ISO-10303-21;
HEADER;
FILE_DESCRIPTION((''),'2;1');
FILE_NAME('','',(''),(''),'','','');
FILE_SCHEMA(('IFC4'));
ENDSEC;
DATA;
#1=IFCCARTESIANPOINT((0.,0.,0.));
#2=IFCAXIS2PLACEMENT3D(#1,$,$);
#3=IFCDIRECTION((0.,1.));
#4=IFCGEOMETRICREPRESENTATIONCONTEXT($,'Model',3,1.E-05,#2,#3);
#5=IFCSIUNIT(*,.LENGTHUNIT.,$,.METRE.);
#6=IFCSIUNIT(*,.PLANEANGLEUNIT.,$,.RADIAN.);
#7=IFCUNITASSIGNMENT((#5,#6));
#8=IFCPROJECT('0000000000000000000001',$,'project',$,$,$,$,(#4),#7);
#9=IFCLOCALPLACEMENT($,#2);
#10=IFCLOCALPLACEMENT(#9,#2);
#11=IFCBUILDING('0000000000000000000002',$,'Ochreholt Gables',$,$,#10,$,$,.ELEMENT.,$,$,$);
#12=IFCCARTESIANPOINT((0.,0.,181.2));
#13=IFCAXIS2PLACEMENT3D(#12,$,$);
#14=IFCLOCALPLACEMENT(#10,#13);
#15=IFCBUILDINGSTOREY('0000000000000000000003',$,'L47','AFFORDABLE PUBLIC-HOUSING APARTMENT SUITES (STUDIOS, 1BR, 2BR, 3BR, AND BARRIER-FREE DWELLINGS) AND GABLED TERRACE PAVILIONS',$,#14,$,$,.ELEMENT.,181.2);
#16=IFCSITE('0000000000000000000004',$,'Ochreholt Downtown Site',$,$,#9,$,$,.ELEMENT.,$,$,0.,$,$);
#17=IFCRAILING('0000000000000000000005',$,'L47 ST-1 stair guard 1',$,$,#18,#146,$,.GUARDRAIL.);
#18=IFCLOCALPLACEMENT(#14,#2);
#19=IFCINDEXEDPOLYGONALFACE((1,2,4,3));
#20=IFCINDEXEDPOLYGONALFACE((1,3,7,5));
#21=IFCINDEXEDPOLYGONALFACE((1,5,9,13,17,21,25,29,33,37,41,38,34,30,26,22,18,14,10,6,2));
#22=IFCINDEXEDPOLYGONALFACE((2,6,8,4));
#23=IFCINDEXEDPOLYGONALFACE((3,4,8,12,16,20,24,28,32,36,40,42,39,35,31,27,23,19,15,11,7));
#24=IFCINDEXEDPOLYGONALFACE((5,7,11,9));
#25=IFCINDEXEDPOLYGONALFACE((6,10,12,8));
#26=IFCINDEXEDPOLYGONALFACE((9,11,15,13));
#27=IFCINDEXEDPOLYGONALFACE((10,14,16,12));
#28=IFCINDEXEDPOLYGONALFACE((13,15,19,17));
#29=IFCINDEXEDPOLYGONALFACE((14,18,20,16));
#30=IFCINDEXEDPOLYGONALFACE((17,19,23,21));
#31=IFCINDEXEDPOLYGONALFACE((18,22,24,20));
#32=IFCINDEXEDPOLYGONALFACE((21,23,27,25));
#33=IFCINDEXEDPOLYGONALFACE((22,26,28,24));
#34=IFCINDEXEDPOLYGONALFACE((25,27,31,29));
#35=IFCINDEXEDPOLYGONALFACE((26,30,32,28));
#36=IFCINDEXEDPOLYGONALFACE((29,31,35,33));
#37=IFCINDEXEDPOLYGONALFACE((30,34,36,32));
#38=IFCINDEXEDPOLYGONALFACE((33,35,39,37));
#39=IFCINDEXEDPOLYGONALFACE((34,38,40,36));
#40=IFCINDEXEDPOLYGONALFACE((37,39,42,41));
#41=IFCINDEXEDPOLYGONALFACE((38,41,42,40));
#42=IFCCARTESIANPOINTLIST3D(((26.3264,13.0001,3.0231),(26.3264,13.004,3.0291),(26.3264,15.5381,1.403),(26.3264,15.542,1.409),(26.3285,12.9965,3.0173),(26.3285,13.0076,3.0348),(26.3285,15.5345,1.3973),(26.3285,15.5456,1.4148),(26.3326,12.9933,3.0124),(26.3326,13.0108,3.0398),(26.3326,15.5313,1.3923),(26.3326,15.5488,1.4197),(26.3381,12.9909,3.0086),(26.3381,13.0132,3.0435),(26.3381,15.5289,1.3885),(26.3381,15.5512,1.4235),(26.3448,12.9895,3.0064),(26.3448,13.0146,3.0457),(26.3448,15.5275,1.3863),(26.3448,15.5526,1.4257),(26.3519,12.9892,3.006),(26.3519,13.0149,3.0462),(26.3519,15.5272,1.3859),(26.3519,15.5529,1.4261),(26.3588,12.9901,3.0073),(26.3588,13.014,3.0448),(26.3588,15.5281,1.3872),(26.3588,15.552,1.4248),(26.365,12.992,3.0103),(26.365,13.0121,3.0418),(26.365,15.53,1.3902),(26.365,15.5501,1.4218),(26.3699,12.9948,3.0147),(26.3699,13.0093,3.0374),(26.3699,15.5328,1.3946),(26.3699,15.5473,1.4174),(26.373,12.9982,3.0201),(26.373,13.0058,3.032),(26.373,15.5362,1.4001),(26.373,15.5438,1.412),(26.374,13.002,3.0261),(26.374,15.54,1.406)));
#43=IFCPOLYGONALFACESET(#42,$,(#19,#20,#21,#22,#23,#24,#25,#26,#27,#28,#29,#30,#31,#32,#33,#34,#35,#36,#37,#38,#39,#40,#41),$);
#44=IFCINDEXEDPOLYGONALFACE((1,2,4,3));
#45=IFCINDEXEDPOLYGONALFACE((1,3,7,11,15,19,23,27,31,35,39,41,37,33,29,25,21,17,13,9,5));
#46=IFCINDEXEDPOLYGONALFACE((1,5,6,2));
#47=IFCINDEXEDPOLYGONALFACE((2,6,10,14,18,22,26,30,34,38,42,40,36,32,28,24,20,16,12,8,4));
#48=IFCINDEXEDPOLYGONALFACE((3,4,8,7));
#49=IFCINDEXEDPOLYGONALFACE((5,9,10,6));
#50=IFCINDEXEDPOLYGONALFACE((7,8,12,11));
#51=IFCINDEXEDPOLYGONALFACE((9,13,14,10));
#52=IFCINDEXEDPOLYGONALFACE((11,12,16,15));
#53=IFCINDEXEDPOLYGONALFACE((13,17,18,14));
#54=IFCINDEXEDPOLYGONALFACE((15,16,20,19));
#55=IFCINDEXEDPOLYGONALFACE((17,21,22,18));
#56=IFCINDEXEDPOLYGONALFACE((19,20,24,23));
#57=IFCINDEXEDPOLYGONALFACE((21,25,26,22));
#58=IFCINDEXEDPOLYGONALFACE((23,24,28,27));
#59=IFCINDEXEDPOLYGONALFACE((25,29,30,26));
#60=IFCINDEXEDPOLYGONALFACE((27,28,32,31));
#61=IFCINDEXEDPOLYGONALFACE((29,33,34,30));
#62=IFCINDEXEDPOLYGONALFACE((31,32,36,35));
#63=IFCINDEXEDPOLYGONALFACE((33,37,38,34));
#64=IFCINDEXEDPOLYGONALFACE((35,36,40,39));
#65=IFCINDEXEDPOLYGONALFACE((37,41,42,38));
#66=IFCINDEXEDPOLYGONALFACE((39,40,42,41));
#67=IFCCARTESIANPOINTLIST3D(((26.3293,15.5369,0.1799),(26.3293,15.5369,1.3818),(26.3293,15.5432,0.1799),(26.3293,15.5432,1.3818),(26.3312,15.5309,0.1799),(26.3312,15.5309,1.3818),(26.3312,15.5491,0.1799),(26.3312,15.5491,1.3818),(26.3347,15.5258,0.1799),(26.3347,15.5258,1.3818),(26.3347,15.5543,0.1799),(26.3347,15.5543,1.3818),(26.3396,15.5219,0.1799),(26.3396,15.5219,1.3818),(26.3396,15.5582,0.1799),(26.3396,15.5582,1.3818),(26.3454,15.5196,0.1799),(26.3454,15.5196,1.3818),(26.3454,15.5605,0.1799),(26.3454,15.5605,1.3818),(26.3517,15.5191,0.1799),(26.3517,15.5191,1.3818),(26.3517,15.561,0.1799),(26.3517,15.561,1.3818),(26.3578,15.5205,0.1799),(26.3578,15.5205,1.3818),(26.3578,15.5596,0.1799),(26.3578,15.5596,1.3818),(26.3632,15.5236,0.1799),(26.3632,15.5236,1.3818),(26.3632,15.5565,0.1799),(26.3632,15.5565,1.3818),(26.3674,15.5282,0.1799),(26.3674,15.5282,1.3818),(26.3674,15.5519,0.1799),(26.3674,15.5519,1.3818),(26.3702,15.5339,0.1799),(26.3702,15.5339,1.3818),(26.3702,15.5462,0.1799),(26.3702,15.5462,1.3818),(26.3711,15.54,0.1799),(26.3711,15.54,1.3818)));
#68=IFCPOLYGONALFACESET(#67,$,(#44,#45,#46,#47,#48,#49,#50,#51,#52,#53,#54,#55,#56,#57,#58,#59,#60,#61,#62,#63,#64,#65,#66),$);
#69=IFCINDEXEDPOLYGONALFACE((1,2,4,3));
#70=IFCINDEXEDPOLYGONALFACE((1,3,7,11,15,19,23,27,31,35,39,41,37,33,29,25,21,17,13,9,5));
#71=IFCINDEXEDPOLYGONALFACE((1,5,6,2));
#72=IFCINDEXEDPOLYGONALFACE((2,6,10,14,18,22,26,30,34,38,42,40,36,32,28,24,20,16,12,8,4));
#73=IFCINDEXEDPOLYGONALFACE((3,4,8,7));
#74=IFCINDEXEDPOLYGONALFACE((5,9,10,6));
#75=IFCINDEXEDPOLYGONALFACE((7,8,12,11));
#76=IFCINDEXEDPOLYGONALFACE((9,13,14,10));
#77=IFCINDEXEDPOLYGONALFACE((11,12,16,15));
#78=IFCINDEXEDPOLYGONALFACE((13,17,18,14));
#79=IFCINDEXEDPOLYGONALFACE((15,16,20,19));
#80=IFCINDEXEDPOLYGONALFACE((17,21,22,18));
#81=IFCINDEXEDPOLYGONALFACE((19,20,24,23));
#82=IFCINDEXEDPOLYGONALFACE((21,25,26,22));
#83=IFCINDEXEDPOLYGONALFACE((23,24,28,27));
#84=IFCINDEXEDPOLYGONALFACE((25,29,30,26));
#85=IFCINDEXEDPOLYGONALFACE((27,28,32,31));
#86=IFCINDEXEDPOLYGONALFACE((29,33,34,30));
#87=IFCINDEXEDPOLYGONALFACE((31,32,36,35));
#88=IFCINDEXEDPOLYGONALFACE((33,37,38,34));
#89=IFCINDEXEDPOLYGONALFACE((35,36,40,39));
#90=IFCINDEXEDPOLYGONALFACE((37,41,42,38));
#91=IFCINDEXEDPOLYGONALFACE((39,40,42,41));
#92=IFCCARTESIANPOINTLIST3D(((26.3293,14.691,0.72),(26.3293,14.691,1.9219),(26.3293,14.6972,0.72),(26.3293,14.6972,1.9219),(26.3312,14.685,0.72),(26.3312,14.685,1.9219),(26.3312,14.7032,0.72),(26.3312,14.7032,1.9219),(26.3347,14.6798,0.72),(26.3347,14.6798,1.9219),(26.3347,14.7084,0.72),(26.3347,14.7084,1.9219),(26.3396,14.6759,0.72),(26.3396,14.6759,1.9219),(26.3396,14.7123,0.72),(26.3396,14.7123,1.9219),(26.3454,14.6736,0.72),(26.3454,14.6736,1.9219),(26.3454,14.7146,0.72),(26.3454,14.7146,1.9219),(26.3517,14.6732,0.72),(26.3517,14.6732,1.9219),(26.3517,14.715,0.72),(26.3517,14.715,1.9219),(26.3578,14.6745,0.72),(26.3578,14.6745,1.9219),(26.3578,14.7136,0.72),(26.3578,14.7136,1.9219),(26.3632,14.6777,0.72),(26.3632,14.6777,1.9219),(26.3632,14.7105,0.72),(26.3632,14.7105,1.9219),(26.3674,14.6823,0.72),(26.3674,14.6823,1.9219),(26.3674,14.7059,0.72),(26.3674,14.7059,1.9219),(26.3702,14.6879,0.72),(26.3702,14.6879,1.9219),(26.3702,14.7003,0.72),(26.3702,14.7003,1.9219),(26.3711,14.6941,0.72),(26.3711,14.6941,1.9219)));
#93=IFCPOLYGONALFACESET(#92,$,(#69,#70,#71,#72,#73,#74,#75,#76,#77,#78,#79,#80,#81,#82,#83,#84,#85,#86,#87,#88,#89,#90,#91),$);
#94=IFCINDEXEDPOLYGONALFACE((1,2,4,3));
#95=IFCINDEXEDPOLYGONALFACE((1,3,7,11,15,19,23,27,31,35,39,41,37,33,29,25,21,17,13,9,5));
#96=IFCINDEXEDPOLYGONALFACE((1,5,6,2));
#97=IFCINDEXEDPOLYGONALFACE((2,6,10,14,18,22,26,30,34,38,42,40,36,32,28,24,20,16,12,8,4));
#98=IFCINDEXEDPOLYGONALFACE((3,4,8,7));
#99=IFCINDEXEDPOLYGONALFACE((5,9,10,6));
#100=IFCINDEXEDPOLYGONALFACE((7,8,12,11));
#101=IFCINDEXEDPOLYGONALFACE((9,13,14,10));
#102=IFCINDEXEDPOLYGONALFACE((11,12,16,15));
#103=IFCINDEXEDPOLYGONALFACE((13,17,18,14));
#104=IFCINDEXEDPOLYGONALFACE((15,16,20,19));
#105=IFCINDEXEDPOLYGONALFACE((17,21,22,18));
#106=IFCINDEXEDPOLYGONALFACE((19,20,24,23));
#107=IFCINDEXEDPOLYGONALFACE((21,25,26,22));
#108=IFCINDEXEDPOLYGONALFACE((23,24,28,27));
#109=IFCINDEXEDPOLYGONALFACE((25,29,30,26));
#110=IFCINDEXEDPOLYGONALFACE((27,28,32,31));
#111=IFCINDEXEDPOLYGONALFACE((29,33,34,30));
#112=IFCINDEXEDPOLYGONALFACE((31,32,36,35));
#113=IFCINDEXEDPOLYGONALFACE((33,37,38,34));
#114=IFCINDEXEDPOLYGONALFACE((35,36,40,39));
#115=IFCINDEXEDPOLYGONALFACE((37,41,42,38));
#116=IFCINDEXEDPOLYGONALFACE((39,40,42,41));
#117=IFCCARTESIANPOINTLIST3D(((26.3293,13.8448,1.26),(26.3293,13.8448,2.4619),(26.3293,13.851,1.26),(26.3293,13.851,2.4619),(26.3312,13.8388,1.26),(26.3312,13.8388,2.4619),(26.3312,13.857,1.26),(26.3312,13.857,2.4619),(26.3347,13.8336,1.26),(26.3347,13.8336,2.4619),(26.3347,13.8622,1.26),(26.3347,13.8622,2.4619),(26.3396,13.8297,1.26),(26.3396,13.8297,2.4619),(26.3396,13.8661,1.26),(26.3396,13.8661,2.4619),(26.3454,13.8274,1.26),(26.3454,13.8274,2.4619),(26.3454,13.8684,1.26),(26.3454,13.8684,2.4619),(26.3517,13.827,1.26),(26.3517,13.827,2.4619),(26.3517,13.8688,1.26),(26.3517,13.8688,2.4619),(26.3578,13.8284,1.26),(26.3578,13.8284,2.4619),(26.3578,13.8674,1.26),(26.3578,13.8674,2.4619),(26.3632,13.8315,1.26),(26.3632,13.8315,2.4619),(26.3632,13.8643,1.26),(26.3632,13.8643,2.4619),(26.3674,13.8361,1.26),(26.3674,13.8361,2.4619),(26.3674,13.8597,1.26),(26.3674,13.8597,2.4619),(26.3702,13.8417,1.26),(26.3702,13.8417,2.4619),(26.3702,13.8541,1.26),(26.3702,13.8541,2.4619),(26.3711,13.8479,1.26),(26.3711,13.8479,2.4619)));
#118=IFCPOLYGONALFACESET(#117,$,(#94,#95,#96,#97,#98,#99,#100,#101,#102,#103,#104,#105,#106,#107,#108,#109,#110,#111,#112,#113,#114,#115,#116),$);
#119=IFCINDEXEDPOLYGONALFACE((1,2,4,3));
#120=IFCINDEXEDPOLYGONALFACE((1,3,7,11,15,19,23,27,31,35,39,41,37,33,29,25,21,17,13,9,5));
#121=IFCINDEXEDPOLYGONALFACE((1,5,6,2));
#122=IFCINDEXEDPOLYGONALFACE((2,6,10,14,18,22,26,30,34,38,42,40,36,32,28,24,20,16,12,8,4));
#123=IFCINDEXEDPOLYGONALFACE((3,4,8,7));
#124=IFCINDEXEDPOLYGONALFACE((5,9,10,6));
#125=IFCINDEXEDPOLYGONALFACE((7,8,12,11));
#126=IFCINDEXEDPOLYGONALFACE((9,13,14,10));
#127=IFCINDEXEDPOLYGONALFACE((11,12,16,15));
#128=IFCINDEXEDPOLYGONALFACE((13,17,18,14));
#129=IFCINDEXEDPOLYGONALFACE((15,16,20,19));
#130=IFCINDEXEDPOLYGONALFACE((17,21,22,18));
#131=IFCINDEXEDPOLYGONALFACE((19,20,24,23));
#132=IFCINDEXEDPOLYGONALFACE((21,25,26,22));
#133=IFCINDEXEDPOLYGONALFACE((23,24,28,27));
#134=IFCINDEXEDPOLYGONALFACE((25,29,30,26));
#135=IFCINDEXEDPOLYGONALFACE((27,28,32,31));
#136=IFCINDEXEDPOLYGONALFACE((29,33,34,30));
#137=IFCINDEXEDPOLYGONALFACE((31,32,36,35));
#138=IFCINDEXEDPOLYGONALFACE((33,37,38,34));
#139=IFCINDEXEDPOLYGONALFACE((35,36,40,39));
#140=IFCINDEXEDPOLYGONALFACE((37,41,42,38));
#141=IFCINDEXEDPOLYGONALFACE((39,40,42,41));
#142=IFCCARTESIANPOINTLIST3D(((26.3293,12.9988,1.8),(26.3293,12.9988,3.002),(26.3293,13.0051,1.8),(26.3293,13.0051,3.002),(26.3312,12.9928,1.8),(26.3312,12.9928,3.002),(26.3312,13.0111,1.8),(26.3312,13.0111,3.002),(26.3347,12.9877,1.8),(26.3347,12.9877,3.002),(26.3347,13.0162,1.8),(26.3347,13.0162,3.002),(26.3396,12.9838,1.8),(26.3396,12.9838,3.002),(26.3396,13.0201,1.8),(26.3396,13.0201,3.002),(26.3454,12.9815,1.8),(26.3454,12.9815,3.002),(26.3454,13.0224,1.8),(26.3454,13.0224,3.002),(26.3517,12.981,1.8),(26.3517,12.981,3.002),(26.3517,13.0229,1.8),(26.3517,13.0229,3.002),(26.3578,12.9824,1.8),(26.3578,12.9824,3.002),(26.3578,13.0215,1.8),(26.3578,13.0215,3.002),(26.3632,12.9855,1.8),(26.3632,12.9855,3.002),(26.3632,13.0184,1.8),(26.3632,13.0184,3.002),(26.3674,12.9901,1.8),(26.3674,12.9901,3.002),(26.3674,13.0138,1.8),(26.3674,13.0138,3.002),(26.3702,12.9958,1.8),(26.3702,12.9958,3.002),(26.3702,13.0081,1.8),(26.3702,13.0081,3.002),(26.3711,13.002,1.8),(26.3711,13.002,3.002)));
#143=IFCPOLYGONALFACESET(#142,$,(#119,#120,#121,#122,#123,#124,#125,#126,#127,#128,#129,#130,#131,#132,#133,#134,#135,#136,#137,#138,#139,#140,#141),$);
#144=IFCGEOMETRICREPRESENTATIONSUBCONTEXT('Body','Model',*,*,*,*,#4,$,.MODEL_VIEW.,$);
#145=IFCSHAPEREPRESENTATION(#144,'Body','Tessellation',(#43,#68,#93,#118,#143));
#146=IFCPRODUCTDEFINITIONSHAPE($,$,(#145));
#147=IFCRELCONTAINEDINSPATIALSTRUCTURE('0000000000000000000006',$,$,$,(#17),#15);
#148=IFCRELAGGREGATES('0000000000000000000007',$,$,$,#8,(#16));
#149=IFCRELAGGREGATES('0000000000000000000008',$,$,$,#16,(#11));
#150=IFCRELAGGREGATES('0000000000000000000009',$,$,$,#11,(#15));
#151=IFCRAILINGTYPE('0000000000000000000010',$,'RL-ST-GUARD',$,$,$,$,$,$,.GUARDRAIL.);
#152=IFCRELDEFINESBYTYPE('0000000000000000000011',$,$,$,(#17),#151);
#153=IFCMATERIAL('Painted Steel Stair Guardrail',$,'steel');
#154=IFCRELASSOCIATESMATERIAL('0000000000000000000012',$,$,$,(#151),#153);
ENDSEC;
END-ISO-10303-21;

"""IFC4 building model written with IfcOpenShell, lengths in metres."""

from ifc_helpers import new_model, si_unit, direction, frame, origin, origin_2d, place, context, subcontext, project, spatial, circle, extrude, material, type_object, element, save


model = new_model("IFC4")

# Units and contexts
model_context = context("Model", 3, precision=1e-05, world=origin(), true_north=direction((0.0, 1.0)))
body_context = subcontext(model_context, "Body", "Model", "MODEL_VIEW")
ifc_project = project(units=[si_unit("LENGTHUNIT", "METRE"), si_unit("PLANEANGLEUNIT", "RADIAN")], contexts=[model_context])

# Site, building, storey
site_placement = place(None, origin())
site = spatial("IfcSite", under=ifc_project, at=site_placement, Name="Ochreholt Downtown Site", CompositionType="ELEMENT", RefElevation=0.0)
building_placement = place(site_placement, origin())
building = spatial("IfcBuilding", under=site, at=building_placement, Name="Ochreholt Gables", CompositionType="ELEMENT")
storey_placement = place(building_placement, frame((0.0, 0.0, 181.2)))
storey = spatial("IfcBuildingStorey", under=building, at=storey_placement, Name="L47", Description="AFFORDABLE PUBLIC-HOUSING APARTMENT SUITES (STUDIOS, 1BR, 2BR, 3BR, AND BARRIER-FREE DWELLINGS) AND GABLED TERRACE PAVILIONS", CompositionType="ELEMENT", Elevation=181.2)

# Railing
ifc_material_1 = material(Name="Painted Steel Stair Guardrail", Category="steel")
railing_type_1 = type_object("IfcRailingType", Name="RL-ST-GUARD", PredefinedType="GUARDRAIL", material=ifc_material_1)
railing_1_placement = place(storey_placement, frame((26.3501, 15.54, 0.1799)))
element("IfcRailing", 1, at=railing_1_placement, inside=storey, type_object=railing_type_1, Name="L47 ST-1 stair guard 1", PredefinedType="GUARDRAIL", context=body_context, shape_type="SweptSolid", body=[
    extrude(circle(Radius=0.0239, at=origin_2d()), frame((0.0, 0.0, 1.2261), z_axis=(0.0, -0.842913, 0.53805), x_axis=(1.0, 0.0, 0.0)), (0.0, 0.0, 1.0), 3.011),
    extrude(circle(Radius=0.021, at=origin_2d()), origin(), (0.0, 0.0, 1.0), 1.2019),
    extrude(circle(Radius=0.021, at=origin_2d()), frame((0.0, -0.8459, 0.54)), (0.0, 0.0, 1.0), 1.2019),
    extrude(circle(Radius=0.021, at=origin_2d()), frame((0.0, -1.6921, 1.0801)), (0.0, 0.0, 1.0), 1.2019),
    extrude(circle(Radius=0.021, at=origin_2d()), frame((0.0, -2.5381, 1.6201)), (0.0, 0.0, 1.0), 1.2019),
])

save(model, "model.ifc")
